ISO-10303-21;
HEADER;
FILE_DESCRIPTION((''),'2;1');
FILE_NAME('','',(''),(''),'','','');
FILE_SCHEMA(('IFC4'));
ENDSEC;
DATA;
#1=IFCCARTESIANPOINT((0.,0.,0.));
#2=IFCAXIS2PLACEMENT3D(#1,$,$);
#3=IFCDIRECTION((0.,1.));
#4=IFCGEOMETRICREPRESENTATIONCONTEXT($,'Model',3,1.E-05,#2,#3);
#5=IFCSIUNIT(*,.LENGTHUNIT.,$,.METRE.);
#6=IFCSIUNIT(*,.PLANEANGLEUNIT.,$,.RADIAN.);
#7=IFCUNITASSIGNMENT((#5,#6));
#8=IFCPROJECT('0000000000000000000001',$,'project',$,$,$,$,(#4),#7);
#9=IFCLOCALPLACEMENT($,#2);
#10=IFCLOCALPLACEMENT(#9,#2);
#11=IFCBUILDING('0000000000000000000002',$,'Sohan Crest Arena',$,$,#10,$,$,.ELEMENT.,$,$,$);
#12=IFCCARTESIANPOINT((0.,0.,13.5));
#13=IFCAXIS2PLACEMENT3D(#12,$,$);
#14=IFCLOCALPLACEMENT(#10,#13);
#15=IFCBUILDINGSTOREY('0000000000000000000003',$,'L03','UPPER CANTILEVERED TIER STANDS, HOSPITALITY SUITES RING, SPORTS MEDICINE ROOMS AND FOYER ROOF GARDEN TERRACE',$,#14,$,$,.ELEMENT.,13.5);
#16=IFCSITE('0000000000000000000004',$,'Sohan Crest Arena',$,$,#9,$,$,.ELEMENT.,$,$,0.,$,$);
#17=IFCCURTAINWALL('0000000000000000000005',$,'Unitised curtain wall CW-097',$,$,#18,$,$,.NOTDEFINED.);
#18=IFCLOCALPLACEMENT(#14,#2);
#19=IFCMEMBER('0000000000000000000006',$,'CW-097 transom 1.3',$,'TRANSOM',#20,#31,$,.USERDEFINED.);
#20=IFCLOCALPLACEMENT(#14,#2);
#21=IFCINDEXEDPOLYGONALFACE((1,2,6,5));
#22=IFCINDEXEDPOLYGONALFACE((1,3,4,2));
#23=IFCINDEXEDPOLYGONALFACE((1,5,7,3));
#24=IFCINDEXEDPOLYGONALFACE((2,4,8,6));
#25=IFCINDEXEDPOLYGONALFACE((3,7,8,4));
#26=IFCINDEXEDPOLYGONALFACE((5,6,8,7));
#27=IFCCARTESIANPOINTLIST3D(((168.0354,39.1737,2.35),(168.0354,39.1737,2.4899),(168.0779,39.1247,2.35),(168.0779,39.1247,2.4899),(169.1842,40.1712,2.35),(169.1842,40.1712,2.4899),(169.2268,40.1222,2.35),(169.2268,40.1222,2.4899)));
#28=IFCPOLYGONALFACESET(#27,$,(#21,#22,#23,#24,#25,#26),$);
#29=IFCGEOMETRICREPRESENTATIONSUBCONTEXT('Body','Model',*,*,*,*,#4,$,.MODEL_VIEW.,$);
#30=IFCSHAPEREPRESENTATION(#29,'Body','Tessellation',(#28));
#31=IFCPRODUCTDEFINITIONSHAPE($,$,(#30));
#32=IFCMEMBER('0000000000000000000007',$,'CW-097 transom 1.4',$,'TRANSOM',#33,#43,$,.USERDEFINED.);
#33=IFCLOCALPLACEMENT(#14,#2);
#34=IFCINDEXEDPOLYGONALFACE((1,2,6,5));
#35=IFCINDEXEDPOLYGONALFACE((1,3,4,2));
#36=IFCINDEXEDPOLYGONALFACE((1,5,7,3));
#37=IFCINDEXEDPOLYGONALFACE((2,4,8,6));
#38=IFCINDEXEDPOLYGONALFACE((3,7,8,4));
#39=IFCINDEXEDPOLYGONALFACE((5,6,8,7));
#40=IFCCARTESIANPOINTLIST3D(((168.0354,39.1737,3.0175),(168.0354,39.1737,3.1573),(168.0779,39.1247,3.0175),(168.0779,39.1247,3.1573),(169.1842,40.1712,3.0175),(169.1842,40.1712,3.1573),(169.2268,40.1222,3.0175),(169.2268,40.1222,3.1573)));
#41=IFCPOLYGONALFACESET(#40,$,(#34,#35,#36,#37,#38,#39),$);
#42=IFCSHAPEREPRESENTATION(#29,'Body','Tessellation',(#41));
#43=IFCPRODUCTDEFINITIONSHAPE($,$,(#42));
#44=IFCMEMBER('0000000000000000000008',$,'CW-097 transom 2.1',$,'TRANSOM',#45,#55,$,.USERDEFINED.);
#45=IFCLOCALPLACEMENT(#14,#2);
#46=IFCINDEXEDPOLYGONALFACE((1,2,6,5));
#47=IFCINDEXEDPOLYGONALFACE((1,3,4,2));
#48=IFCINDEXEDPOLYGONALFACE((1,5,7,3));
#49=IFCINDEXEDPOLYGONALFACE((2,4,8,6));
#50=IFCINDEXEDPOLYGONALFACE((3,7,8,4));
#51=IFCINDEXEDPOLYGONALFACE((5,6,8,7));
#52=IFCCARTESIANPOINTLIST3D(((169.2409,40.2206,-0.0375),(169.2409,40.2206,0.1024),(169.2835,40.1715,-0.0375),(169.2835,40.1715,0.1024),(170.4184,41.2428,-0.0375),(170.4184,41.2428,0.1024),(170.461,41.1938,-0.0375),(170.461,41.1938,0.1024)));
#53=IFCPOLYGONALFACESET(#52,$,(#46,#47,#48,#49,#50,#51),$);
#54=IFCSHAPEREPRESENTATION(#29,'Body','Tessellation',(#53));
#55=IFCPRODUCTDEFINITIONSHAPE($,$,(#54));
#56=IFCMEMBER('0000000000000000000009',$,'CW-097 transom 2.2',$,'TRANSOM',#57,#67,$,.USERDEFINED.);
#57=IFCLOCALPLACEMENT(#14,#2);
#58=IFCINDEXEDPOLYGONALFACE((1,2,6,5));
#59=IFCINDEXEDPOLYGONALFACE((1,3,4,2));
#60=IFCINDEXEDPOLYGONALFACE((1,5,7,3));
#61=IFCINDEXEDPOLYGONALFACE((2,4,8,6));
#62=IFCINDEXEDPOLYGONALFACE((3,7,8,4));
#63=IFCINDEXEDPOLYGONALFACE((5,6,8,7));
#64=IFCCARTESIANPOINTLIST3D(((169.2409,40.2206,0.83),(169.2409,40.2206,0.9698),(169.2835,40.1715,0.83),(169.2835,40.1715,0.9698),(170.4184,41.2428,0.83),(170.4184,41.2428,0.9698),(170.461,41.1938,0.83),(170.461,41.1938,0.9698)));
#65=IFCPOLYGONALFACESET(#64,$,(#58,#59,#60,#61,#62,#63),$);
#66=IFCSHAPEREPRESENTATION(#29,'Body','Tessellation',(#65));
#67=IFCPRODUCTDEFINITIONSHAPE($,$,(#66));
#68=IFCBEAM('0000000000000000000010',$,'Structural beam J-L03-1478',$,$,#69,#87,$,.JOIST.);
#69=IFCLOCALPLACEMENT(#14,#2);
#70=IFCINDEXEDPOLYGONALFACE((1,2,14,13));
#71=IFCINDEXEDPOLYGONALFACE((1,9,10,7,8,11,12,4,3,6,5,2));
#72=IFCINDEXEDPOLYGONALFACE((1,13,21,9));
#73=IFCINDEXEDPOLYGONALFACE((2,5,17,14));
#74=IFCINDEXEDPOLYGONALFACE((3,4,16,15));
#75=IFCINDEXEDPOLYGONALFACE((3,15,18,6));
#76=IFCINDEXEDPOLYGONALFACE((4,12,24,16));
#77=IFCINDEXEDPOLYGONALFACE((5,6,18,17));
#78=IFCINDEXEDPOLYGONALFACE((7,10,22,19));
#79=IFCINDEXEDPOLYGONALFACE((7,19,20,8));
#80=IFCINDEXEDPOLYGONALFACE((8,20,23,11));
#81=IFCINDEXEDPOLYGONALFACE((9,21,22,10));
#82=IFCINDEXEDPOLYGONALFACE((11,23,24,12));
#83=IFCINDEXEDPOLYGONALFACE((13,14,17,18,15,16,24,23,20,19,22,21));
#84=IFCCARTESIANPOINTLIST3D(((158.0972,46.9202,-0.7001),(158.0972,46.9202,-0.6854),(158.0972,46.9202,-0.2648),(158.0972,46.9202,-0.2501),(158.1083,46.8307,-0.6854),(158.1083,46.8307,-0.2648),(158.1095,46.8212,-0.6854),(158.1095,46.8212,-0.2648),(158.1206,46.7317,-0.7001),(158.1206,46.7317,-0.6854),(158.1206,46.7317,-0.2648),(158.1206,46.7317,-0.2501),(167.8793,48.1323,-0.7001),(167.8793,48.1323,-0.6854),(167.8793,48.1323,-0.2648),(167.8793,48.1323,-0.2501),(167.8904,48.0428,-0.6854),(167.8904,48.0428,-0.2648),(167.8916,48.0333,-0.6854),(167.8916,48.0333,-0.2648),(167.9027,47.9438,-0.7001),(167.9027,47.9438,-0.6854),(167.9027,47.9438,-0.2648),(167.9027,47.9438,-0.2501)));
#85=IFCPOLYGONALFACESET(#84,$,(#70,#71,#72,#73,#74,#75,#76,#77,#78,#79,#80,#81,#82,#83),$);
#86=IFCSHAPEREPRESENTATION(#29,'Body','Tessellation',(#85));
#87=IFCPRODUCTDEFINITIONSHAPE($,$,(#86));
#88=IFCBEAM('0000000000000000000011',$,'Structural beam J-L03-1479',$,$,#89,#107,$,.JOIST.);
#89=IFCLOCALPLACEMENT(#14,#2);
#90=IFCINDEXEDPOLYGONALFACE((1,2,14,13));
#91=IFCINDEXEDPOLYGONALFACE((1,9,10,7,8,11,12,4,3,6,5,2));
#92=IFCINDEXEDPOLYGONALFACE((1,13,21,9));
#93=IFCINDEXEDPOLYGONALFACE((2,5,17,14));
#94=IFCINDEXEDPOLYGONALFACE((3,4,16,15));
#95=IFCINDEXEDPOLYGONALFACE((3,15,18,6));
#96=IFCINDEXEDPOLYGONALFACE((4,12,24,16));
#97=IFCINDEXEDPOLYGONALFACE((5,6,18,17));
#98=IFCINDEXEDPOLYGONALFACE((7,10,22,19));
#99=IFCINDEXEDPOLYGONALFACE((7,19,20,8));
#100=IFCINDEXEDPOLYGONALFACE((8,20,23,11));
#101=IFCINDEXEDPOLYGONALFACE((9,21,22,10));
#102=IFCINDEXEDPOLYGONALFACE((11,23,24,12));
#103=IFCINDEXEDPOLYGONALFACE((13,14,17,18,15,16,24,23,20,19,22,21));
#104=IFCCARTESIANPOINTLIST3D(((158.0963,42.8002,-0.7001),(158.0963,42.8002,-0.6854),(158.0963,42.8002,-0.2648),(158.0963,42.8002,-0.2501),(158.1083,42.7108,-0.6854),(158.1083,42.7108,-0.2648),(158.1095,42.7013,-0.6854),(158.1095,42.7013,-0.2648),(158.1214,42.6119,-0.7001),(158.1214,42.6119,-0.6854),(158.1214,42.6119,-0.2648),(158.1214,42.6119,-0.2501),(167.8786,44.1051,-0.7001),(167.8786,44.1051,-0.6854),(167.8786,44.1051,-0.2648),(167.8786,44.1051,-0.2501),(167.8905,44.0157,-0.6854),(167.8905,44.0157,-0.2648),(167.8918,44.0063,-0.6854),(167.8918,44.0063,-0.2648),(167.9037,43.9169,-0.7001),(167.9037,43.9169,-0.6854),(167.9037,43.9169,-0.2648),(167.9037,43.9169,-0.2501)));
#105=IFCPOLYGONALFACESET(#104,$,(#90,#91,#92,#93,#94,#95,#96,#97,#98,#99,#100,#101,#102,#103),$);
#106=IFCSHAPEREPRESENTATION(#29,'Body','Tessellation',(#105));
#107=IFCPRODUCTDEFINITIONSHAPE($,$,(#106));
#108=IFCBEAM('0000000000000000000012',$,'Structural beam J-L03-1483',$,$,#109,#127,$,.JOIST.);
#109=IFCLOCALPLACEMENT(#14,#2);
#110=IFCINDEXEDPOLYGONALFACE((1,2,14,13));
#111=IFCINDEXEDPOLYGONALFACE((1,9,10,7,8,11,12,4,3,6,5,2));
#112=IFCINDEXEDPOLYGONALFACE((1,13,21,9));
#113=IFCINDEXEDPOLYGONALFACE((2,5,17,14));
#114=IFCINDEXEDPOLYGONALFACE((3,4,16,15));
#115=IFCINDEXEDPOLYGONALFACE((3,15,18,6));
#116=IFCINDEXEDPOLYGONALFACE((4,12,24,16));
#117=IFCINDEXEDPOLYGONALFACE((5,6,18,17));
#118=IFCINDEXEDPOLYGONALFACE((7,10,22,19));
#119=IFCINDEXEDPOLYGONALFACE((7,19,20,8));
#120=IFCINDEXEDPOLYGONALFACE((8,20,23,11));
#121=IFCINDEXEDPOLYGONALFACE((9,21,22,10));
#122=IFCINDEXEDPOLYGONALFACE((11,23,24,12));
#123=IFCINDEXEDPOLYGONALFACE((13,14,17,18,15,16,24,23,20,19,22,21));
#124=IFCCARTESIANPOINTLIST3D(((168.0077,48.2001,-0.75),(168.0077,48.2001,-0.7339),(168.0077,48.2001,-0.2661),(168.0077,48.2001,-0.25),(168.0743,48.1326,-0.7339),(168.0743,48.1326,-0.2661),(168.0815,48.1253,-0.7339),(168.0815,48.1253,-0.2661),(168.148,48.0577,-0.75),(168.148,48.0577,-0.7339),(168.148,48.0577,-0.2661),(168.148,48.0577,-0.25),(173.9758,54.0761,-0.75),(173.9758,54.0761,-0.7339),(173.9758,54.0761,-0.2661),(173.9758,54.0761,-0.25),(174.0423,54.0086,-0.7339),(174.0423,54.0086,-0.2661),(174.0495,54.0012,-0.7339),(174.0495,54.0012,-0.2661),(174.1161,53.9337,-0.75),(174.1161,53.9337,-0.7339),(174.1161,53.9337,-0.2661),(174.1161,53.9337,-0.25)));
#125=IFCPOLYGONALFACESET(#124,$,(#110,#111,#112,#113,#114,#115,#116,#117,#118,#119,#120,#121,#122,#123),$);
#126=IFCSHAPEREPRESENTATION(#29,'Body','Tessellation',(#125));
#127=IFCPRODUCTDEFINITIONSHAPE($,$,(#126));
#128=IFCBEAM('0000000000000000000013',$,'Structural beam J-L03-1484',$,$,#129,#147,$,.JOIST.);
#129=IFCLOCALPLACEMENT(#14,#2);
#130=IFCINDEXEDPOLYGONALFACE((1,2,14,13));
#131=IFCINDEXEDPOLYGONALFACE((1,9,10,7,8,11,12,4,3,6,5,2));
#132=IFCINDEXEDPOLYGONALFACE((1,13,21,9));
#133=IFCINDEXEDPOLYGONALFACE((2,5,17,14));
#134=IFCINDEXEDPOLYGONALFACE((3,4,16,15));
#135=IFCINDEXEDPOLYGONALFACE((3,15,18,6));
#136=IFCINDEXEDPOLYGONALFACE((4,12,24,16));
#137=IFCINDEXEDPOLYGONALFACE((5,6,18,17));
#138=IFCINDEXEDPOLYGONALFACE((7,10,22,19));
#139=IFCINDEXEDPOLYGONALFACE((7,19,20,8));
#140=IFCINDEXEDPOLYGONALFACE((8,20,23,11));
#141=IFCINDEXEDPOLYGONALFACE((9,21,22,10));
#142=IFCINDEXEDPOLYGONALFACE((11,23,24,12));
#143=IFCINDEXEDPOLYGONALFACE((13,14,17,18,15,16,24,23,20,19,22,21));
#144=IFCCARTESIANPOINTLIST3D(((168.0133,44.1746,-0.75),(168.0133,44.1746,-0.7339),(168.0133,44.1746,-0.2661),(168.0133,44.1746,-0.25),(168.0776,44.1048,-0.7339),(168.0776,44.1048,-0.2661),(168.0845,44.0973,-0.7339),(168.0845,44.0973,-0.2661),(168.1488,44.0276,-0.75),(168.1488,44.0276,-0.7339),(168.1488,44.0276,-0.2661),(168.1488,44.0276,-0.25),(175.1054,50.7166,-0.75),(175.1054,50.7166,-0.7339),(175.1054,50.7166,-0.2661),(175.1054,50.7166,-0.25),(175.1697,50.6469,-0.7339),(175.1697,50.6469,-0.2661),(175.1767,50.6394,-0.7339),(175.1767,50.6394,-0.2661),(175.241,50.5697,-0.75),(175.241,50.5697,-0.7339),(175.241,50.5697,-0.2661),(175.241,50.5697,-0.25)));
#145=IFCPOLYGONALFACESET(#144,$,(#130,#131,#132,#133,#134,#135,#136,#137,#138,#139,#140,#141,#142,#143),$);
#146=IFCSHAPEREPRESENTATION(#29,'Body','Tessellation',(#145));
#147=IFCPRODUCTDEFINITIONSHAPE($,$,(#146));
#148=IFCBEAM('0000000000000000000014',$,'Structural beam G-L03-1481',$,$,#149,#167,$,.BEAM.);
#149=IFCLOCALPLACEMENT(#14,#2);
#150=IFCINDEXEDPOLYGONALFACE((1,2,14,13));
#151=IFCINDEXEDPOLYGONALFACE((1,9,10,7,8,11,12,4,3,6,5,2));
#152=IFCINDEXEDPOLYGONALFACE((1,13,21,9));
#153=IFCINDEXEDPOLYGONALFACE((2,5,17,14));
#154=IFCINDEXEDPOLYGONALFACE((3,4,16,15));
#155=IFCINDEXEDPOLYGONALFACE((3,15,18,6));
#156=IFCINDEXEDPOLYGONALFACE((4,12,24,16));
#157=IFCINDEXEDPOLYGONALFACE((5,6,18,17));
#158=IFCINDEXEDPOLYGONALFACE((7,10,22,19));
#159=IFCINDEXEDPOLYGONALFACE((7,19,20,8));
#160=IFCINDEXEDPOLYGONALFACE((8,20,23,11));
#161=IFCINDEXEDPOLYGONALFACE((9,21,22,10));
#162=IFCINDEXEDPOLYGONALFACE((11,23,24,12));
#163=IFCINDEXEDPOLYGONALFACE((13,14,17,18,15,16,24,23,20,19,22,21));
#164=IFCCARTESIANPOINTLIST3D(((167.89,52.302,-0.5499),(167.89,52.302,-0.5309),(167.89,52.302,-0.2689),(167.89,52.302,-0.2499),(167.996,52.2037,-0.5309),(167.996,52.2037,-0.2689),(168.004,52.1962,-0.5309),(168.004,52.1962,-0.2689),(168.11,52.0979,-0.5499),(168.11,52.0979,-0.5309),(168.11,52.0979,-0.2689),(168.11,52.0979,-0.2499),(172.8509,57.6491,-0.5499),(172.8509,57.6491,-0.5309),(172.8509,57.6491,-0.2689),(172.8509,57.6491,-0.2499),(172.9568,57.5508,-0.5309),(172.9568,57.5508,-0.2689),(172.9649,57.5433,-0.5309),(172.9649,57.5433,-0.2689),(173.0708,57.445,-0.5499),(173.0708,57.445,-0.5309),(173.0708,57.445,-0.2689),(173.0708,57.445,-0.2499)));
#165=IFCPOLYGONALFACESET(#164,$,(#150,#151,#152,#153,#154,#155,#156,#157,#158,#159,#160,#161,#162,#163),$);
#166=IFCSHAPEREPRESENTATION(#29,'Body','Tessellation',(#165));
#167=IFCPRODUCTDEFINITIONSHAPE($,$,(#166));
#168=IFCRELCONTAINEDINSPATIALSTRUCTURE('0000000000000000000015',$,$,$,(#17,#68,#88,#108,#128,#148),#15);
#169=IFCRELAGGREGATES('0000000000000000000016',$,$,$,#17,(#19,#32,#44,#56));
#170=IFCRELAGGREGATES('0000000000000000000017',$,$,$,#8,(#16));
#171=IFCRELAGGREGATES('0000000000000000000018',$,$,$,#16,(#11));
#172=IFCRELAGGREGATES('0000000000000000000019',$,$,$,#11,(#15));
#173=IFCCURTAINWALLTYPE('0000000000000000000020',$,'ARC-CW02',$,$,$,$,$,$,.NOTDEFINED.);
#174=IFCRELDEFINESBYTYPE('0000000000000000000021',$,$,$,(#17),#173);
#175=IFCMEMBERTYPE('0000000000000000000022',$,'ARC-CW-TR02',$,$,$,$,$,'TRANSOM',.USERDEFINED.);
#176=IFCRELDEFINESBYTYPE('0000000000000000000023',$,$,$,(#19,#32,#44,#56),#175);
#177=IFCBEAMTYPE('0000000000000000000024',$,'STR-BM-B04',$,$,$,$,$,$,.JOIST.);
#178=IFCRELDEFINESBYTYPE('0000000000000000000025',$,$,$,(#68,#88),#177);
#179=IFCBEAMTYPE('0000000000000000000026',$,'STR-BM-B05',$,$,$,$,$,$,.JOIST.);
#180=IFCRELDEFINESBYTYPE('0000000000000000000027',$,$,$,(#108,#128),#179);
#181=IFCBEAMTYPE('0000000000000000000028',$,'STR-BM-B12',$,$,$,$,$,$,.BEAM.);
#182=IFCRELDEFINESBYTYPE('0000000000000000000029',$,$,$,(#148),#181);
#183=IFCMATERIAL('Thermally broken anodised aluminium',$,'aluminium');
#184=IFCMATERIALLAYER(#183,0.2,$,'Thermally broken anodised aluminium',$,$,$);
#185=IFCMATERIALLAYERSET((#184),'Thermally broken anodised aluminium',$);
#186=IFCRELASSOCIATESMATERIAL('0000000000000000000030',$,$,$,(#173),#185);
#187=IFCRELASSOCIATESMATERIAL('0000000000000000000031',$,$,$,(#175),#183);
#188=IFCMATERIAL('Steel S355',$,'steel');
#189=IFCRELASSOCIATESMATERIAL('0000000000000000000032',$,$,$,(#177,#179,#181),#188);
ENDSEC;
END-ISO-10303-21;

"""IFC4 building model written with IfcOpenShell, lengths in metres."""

from ifc_helpers import new_model, si_unit, direction, frame, origin, origin_2d, place, context, subcontext, project, spatial, rectangle, i_section, extrude, material, layer, layer_set, material_profile, profile_set, type_object, element, aggregate, save


model = new_model("IFC4")

# Units and contexts
model_context = context("Model", 3, precision=1e-05, world=origin(), true_north=direction((0.0, 1.0)))
body_context = subcontext(model_context, "Body", "Model", "MODEL_VIEW")
ifc_project = project(units=[si_unit("LENGTHUNIT", "METRE"), si_unit("PLANEANGLEUNIT", "RADIAN")], contexts=[model_context])

# Site, building, storey
site_placement = place(None, origin())
site = spatial("IfcSite", under=ifc_project, at=site_placement, Name="Sohan Crest Arena", CompositionType="ELEMENT", RefElevation=0.0)
building_placement = place(site_placement, origin())
building = spatial("IfcBuilding", under=site, at=building_placement, Name="Sohan Crest Arena", CompositionType="ELEMENT")
storey_placement = place(building_placement, frame((0.0, 0.0, 13.5)))
storey = spatial("IfcBuildingStorey", under=building, at=storey_placement, Name="L03", Description="UPPER CANTILEVERED TIER STANDS, HOSPITALITY SUITES RING, SPORTS MEDICINE ROOMS AND FOYER ROOF GARDEN TERRACE", CompositionType="ELEMENT", Elevation=13.5)

# Shared definitions
ifc_material_1 = material(Name="Steel S355", Category="steel")

# Curtain wall
ifc_material_2 = material(Name="Thermally broken anodised aluminium", Category="aluminium")
ifc_layer_1 = layer(ifc_material_2, 0.2, Name="Thermally broken anodised aluminium")
ifc_layer_set_1 = layer_set([ifc_layer_1], Name="Thermally broken anodised aluminium")
curtain_wall_type_1 = type_object("IfcCurtainWallType", Name="ARC-CW02", PredefinedType="NOTDEFINED", material=ifc_layer_set_1)
curtain_wall_1_placement = place(storey_placement, origin())
curtain_wall_1 = element("IfcCurtainWall", 1, at=curtain_wall_1_placement, inside=storey, type_object=curtain_wall_type_1, Name="Unitised curtain wall CW-097", PredefinedType="NOTDEFINED")

# Members
ifc_material_profile_1 = material_profile(ifc_material_2, rectangle(XDim=0.0649, YDim=0.1399, at=origin_2d()), Name="ALU-TRAN 65x140")
ifc_profile_set_1 = profile_set([ifc_material_profile_1], Name="Thermally broken anodised aluminium")
member_type_1 = type_object("IfcMemberType", Name="ARC-CW-TR02", ElementType="TRANSOM", PredefinedType="USERDEFINED", material=ifc_profile_set_1)
member_1_placement = place(storey_placement, frame((168.0566, 39.1492, 2.4199), z_axis=(0.755096, 0.655614, 0.0), x_axis=(-0.655614, 0.755096, 0.0)))
member_1 = element("IfcMember", 2, at=member_1_placement, type_object=member_type_1, Name="CW-097 transom 1.3", ObjectType="TRANSOM", PredefinedType="USERDEFINED", context=body_context, shape_type="SweptSolid", body=[
    extrude(rectangle(XDim=0.0649, YDim=0.1399, at=origin_2d()), origin(), (0.0, 0.0, 1.0), 1.5215),
])
member_2_placement = place(storey_placement, frame((168.0566, 39.1492, 3.0874), z_axis=(0.755096, 0.655614, 0.0), x_axis=(-0.655614, 0.755096, 0.0)))
member_2 = element("IfcMember", 3, at=member_2_placement, type_object=member_type_1, Name="CW-097 transom 1.4", ObjectType="TRANSOM", PredefinedType="USERDEFINED", context=body_context, shape_type="SweptSolid", body=[
    extrude(rectangle(XDim=0.0649, YDim=0.1399, at=origin_2d()), origin(), (0.0, 0.0, 1.0), 1.5215),
])
member_3_placement = place(storey_placement, frame((169.2622, 40.196, 0.0325), z_axis=(0.755141, 0.655562, 0.0), x_axis=(-0.655562, 0.755141, 0.0)))
member_3 = element("IfcMember", 4, at=member_3_placement, type_object=member_type_1, Name="CW-097 transom 2.1", ObjectType="TRANSOM", PredefinedType="USERDEFINED", context=body_context, shape_type="SweptSolid", body=[
    extrude(rectangle(XDim=0.0649, YDim=0.1399, at=origin_2d()), origin(), (0.0, 0.0, 1.0), 1.5593),
])
member_4_placement = place(storey_placement, frame((169.2622, 40.196, 0.8999), z_axis=(0.755141, 0.655562, 0.0), x_axis=(-0.655562, 0.755141, 0.0)))
member_4 = element("IfcMember", 5, at=member_4_placement, type_object=member_type_1, Name="CW-097 transom 2.2", ObjectType="TRANSOM", PredefinedType="USERDEFINED", context=body_context, shape_type="SweptSolid", body=[
    extrude(rectangle(XDim=0.0649, YDim=0.1399, at=origin_2d()), origin(), (0.0, 0.0, 1.0), 1.5593),
])

# Beams
ifc_material_profile_2 = material_profile(ifc_material_1, i_section(OverallWidth=0.1899, OverallDepth=0.45, WebThickness=0.0095, FlangeThickness=0.0146, at=origin_2d()), Name="IPE 450")
ifc_profile_set_2 = profile_set([ifc_material_profile_2], Name="Steel S355")
beam_type_1 = type_object("IfcBeamType", Name="STR-BM-B04", PredefinedType="JOIST", material=ifc_profile_set_2)
beam_1_placement = place(storey_placement, frame((158.1089, 46.8259, -0.4751), z_axis=(0.99241, 0.122974, 0.0), x_axis=(-0.122974, 0.99241, 0.0)))
element("IfcBeam", 6, at=beam_1_placement, inside=storey, type_object=beam_type_1, Name="Structural beam J-L03-1478", PredefinedType="JOIST", context=body_context, shape_type="SweptSolid", body=[
    extrude(i_section(OverallWidth=0.1899, OverallDepth=0.45, WebThickness=0.0095, FlangeThickness=0.0146, at=origin_2d()), origin(), (0.0, 0.0, 1.0), 9.8569),
])
beam_2_placement = place(storey_placement, frame((158.1089, 42.7061, -0.4751), z_axis=(0.991219, 0.132227, 0.0), x_axis=(-0.132227, 0.991219, 0.0)))
element("IfcBeam", 7, at=beam_2_placement, inside=storey, type_object=beam_type_1, Name="Structural beam J-L03-1479", PredefinedType="JOIST", context=body_context, shape_type="SweptSolid", body=[
    extrude(i_section(OverallWidth=0.1899, OverallDepth=0.45, WebThickness=0.0095, FlangeThickness=0.0146, at=origin_2d()), origin(), (0.0, 0.0, 1.0), 9.8689),
])
ifc_material_profile_3 = material_profile(ifc_material_1, i_section(OverallWidth=0.2, OverallDepth=0.5, WebThickness=0.0103, FlangeThickness=0.0161, at=origin_2d()), Name="IPE 500")
ifc_profile_set_3 = profile_set([ifc_material_profile_3], Name="Steel S355")
beam_type_2 = type_object("IfcBeamType", Name="STR-BM-B05", PredefinedType="JOIST", material=ifc_profile_set_3)
beam_3_placement = place(storey_placement, frame((168.0779, 48.1289, -0.5), z_axis=(0.71258, 0.701591, 0.0), x_axis=(-0.701591, 0.71258, 0.0)))
element("IfcBeam", 8, at=beam_3_placement, inside=storey, type_object=beam_type_2, Name="Structural beam J-L03-1483", PredefinedType="JOIST", context=body_context, shape_type="SweptSolid", body=[
    extrude(i_section(OverallWidth=0.2, OverallDepth=0.5, WebThickness=0.0103, FlangeThickness=0.0161, at=origin_2d()), origin(), (0.0, 0.0, 1.0), 8.3752),
])
beam_4_placement = place(storey_placement, frame((168.0811, 44.1011, -0.5), z_axis=(0.735036, 0.678028, 0.0), x_axis=(-0.678028, 0.735036, 0.0)))
element("IfcBeam", 9, at=beam_4_placement, inside=storey, type_object=beam_type_2, Name="Structural beam J-L03-1484", PredefinedType="JOIST", context=body_context, shape_type="SweptSolid", body=[
    extrude(i_section(OverallWidth=0.2, OverallDepth=0.5, WebThickness=0.0103, FlangeThickness=0.0161, at=origin_2d()), origin(), (0.0, 0.0, 1.0), 9.6487),
])
ifc_material_profile_4 = material_profile(ifc_material_1, i_section(OverallWidth=0.3, OverallDepth=0.3, WebThickness=0.011, FlangeThickness=0.019, at=origin_2d()), Name="HEB 300")
ifc_profile_set_4 = profile_set([ifc_material_profile_4], Name="Steel S355")
beam_type_3 = type_object("IfcBeamType", Name="STR-BM-B12", PredefinedType="BEAM", material=ifc_profile_set_4)
beam_5_placement = place(storey_placement, frame((168.0, 52.2, -0.3999), z_axis=(0.680135, 0.733087, 0.0), x_axis=(-0.733087, 0.680135, 0.0)))
element("IfcBeam", 10, at=beam_5_placement, inside=storey, type_object=beam_type_3, Name="Structural beam G-L03-1481", PredefinedType="BEAM", context=body_context, shape_type="SweptSolid", body=[
    extrude(i_section(OverallWidth=0.3, OverallDepth=0.3, WebThickness=0.011, FlangeThickness=0.019, at=origin_2d()), origin(), (0.0, 0.0, 1.0), 7.2939),
])

aggregate(curtain_wall_1, [member_1, member_2, member_3, member_4])

save(model, "model.ifc")
